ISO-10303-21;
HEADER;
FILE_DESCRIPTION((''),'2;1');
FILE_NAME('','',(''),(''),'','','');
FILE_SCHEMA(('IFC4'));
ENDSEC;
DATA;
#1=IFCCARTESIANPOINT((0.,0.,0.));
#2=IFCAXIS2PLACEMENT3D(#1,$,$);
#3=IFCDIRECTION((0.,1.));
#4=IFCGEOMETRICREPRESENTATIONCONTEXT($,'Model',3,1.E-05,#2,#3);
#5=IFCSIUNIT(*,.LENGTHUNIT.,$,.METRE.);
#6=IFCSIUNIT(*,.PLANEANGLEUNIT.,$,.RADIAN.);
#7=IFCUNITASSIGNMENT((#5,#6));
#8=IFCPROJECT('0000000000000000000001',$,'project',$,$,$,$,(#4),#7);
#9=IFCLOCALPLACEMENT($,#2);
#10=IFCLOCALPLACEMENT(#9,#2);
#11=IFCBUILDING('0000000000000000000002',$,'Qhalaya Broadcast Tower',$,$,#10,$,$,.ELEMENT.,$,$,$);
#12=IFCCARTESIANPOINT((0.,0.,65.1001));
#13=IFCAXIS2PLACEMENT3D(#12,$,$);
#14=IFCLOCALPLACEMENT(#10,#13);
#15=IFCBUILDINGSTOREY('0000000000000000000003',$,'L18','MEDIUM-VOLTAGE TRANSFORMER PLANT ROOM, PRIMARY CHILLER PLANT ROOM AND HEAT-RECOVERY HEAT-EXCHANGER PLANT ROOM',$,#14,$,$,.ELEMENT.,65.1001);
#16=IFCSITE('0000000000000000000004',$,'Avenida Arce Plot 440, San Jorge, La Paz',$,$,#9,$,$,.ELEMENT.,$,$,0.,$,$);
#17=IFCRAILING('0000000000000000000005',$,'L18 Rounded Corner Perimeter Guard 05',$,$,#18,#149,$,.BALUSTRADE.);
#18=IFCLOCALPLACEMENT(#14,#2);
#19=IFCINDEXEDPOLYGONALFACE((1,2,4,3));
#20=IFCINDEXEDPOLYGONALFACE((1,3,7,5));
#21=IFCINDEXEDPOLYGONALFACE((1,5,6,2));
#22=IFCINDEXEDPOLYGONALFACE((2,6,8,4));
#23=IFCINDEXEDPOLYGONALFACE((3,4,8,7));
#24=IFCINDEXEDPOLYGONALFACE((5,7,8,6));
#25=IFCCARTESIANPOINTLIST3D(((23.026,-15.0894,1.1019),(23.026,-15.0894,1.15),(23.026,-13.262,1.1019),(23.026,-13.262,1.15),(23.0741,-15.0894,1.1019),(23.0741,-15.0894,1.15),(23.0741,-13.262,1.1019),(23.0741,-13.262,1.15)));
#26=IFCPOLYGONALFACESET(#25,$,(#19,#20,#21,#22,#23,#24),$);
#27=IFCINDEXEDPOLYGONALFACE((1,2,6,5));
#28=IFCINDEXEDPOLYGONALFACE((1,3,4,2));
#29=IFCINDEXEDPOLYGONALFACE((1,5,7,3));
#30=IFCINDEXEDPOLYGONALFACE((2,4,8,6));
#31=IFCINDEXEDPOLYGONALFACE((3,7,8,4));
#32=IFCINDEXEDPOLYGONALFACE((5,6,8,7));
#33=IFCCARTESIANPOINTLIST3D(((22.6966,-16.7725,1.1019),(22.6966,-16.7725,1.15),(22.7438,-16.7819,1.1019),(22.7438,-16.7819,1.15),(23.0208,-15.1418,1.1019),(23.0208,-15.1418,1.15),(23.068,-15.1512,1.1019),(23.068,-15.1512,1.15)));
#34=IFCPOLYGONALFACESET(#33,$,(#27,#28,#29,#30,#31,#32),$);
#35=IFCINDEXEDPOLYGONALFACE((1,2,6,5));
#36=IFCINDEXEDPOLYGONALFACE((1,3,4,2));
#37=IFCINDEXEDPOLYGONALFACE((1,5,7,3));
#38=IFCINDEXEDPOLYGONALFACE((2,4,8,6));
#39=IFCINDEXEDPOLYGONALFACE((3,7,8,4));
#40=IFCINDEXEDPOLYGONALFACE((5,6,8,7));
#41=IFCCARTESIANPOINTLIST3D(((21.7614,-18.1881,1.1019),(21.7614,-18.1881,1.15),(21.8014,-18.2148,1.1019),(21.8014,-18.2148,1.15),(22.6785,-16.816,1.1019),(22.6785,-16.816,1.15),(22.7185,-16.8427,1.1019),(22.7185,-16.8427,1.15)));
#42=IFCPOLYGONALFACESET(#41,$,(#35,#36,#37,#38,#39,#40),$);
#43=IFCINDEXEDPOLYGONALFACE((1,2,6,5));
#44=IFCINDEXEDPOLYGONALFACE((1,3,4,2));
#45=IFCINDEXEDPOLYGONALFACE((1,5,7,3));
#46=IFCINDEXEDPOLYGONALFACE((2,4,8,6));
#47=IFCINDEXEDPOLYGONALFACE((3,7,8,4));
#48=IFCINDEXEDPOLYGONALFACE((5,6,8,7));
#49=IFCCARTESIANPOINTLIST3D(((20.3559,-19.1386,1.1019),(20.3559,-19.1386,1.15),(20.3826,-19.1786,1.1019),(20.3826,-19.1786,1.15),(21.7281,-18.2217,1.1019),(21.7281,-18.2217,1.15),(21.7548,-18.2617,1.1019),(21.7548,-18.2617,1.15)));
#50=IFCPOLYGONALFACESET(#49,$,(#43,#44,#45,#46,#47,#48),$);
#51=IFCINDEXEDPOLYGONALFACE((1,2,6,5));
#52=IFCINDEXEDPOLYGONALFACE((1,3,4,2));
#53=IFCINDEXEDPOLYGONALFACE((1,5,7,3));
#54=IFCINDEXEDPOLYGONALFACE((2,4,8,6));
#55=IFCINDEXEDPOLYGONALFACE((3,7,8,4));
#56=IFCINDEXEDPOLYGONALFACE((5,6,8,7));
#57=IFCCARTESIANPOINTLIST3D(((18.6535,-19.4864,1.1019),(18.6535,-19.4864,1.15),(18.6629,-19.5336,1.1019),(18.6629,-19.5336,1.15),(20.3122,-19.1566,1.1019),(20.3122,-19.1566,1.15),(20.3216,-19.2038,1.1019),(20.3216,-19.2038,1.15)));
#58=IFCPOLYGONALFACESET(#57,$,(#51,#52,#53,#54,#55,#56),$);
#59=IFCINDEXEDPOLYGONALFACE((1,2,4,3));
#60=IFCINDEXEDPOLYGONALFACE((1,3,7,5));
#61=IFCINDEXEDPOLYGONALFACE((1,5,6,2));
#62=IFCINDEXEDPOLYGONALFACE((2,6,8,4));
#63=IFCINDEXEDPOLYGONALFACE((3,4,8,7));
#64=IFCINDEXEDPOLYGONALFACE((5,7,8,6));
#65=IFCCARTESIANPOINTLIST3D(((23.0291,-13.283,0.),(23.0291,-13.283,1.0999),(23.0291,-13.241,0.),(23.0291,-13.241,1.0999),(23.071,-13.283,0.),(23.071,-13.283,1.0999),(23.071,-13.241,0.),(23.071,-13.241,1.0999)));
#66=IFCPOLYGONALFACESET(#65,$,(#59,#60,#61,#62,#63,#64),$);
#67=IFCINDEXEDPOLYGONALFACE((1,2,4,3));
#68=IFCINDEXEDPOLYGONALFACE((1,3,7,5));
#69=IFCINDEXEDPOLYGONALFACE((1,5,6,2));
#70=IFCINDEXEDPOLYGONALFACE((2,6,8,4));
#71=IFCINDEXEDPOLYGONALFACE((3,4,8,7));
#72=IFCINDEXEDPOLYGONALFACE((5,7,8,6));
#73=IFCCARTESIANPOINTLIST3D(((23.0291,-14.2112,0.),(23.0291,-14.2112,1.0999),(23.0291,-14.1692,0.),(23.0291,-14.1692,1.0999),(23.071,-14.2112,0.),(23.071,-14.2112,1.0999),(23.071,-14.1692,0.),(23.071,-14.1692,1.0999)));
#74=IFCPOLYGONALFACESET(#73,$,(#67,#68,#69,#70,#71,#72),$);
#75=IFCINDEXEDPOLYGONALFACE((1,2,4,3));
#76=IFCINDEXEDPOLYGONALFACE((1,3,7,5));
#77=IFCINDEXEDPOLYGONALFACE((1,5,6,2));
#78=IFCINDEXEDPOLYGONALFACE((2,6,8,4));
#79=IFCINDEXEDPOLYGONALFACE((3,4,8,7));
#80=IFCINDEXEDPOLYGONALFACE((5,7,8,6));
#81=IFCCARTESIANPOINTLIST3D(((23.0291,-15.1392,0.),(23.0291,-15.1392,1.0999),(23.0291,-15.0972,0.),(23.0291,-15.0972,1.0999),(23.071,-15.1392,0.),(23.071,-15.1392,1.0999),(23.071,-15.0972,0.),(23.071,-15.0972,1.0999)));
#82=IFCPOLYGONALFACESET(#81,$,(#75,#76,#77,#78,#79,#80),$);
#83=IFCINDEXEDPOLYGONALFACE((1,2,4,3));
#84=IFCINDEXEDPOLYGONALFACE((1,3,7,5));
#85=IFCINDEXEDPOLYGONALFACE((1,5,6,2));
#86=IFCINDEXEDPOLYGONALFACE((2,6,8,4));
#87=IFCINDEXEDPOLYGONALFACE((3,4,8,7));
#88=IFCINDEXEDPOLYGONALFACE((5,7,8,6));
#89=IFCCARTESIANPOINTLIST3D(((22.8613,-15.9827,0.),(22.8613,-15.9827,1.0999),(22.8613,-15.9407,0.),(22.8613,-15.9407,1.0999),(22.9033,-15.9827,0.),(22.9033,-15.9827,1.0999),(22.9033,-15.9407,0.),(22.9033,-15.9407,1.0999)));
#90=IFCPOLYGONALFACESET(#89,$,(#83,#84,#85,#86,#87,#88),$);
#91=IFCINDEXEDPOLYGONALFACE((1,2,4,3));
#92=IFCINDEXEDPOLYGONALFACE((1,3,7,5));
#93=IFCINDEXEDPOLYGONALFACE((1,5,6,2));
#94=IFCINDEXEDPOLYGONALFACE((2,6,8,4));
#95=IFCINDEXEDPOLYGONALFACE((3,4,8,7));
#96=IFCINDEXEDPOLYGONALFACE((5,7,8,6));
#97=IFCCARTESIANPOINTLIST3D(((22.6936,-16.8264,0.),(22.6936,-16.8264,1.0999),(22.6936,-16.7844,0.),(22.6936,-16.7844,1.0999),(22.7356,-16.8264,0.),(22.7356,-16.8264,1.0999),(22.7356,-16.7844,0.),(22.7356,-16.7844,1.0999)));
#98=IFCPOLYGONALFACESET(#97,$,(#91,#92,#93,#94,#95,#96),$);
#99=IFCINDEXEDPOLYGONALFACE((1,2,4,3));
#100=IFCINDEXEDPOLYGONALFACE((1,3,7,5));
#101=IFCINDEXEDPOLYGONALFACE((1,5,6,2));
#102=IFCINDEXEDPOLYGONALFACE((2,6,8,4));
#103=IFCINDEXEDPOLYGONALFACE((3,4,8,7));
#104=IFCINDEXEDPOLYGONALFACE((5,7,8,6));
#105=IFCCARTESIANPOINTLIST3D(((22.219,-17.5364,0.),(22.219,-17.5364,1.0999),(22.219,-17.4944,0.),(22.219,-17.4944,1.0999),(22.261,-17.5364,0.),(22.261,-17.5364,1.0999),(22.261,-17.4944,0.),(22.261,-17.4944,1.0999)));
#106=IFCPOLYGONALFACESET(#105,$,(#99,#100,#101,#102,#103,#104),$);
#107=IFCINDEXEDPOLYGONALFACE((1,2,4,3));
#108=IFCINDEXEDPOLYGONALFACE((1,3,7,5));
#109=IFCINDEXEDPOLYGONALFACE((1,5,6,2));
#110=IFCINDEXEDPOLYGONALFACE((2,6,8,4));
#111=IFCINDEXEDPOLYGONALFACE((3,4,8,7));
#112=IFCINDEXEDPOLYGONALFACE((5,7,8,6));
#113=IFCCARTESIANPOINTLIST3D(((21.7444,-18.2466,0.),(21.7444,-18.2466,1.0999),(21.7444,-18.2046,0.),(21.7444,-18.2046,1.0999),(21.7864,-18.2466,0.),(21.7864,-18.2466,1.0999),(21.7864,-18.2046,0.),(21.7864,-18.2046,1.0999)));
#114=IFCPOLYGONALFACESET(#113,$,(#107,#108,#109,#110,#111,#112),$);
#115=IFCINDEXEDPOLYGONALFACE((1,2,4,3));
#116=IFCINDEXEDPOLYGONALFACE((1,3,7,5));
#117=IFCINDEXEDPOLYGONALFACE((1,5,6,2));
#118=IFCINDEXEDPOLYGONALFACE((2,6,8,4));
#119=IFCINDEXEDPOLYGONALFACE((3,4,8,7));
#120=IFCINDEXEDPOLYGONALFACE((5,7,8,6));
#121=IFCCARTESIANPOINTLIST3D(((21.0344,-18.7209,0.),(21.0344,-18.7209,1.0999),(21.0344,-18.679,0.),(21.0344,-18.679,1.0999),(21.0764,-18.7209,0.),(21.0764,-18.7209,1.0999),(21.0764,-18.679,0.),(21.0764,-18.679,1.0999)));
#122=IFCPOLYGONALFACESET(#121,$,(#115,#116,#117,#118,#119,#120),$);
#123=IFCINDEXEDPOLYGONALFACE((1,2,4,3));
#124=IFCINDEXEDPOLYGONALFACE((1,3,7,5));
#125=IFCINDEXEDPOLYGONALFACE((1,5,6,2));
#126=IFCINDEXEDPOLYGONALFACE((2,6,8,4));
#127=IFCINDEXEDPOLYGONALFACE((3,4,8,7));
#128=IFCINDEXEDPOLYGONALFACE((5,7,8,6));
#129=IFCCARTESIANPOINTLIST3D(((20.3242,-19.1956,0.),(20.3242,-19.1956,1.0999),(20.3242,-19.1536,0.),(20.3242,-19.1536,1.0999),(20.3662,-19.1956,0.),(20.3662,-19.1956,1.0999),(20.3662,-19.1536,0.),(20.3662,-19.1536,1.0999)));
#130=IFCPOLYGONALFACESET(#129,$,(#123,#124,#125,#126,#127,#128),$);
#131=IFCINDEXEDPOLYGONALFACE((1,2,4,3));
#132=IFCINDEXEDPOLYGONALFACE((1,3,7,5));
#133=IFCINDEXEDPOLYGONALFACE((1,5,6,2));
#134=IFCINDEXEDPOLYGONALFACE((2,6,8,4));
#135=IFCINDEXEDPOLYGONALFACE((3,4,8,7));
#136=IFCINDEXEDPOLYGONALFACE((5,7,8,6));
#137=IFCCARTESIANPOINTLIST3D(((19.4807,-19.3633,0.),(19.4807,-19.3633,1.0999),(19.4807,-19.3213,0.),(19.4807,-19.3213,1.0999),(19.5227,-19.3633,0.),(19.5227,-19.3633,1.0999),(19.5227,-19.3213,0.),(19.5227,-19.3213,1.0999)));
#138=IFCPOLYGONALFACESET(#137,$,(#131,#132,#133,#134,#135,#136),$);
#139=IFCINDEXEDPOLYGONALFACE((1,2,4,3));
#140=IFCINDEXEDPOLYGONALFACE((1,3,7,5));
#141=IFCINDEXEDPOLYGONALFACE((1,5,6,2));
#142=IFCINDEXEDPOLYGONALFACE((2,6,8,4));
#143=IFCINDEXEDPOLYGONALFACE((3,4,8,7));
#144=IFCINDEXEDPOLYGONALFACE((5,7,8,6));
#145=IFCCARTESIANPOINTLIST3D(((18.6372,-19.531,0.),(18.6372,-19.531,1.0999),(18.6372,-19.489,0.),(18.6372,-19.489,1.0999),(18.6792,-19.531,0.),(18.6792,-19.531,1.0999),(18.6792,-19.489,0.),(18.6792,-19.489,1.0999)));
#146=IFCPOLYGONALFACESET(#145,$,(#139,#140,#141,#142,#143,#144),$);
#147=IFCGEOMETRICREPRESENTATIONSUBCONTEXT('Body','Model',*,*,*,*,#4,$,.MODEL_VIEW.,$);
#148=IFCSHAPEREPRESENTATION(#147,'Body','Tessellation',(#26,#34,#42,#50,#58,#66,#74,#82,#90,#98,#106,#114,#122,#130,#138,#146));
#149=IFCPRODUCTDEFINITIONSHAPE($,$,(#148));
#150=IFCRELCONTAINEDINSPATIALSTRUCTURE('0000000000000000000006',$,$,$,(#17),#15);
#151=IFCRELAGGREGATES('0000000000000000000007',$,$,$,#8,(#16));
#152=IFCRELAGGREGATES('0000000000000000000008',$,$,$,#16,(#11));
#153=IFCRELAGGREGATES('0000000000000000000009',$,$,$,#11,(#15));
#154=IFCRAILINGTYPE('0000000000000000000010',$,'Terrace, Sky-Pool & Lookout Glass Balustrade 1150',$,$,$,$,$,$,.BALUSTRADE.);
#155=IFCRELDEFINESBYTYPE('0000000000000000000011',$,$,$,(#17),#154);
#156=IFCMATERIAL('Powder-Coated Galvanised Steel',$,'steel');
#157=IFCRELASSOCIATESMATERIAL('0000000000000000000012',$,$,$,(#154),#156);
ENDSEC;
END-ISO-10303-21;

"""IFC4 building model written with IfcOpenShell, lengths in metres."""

from ifc_helpers import new_model, si_unit, direction, frame, origin, origin_2d, place, context, subcontext, project, spatial, rectangle, extrude, material, type_object, element, save


model = new_model("IFC4")

# Units and contexts
model_context = context("Model", 3, precision=1e-05, world=origin(), true_north=direction((0.0, 1.0)))
body_context = subcontext(model_context, "Body", "Model", "MODEL_VIEW")
ifc_project = project(units=[si_unit("LENGTHUNIT", "METRE"), si_unit("PLANEANGLEUNIT", "RADIAN")], contexts=[model_context])

# Site, building, storey
site_placement = place(None, origin())
site = spatial("IfcSite", under=ifc_project, at=site_placement, Name="Avenida Arce Plot 440, San Jorge, La Paz", CompositionType="ELEMENT", RefElevation=0.0)
building_placement = place(site_placement, origin())
building = spatial("IfcBuilding", under=site, at=building_placement, Name="Qhalaya Broadcast Tower", CompositionType="ELEMENT")
storey_placement = place(building_placement, frame((0.0, 0.0, 65.1001)))
storey = spatial("IfcBuildingStorey", under=building, at=storey_placement, Name="L18", Description="MEDIUM-VOLTAGE TRANSFORMER PLANT ROOM, PRIMARY CHILLER PLANT ROOM AND HEAT-RECOVERY HEAT-EXCHANGER PLANT ROOM", CompositionType="ELEMENT", Elevation=65.1001)

# Railing
ifc_material_1 = material(Name="Powder-Coated Galvanised Steel", Category="steel")
railing_type = type_object("IfcRailingType", Name="Terrace, Sky-Pool & Lookout Glass Balustrade 1150", PredefinedType="BALUSTRADE", material=ifc_material_1)
railing_1_placement = place(storey_placement, frame((23.05, -13.262, 0.0)))
element("IfcRailing", 1, at=railing_1_placement, inside=storey, type_object=railing_type, Name="L18 Rounded Corner Perimeter Guard 05", PredefinedType="BALUSTRADE", context=body_context, shape_type="SweptSolid", body=[
    extrude(rectangle(XDim=0.0481, YDim=0.0481, at=origin_2d()), frame((0.0, 0.0, 1.126), z_axis=(0.0, -1.0, 0.0), x_axis=(1.0, 0.0, 0.0)), (0.0, 0.0, 1.0), 1.8274),
    extrude(rectangle(XDim=0.0481, YDim=0.0481, at=origin_2d()), frame((-0.0056, -1.8845, 1.126), z_axis=(-0.194997, -0.980804, 0.0), x_axis=(0.980804, -0.194997, 0.0)), (0.0, 0.0, 1.0), 1.6626),
    extrude(rectangle(XDim=0.0481, YDim=0.0481, at=origin_2d()), frame((-0.3516, -3.5674, 1.126), z_axis=(-0.555689, -0.83139, 0.0), x_axis=(0.83139, -0.555689, 0.0)), (0.0, 0.0, 1.0), 1.6504),
    extrude(rectangle(XDim=0.0481, YDim=0.0481, at=origin_2d()), frame((-1.3086, -4.9797, 1.126), z_axis=(-0.831456, -0.55559, 0.0), x_axis=(0.55559, -0.831456, 0.0)), (0.0, 0.0, 1.0), 1.6504),
    extrude(rectangle(XDim=0.0481, YDim=0.0481, at=origin_2d()), frame((-2.7332, -5.9182, 1.126), z_axis=(-0.980798, -0.195024, 0.0), x_axis=(0.195024, -0.980798, 0.0)), (0.0, 0.0, 1.0), 1.6912),
    extrude(rectangle(XDim=0.042, YDim=0.042, at=origin_2d()), origin(), (0.0, 0.0, 1.0), 1.0999),
    extrude(rectangle(XDim=0.042, YDim=0.042, at=origin_2d()), frame((0.0, -0.9282, 0.0)), (0.0, 0.0, 1.0), 1.0999),
    extrude(rectangle(XDim=0.042, YDim=0.042, at=origin_2d()), frame((0.0, -1.8562, 0.0)), (0.0, 0.0, 1.0), 1.0999),
    extrude(rectangle(XDim=0.042, YDim=0.042, at=origin_2d()), frame((-0.1677, -2.6997, 0.0)), (0.0, 0.0, 1.0), 1.0999),
    extrude(rectangle(XDim=0.042, YDim=0.042, at=origin_2d()), frame((-0.3354, -3.5435, 0.0)), (0.0, 0.0, 1.0), 1.0999),
    extrude(rectangle(XDim=0.042, YDim=0.042, at=origin_2d()), frame((-0.8101, -4.2534, 0.0)), (0.0, 0.0, 1.0), 1.0999),
    extrude(rectangle(XDim=0.042, YDim=0.042, at=origin_2d()), frame((-1.2847, -4.9636, 0.0)), (0.0, 0.0, 1.0), 1.0999),
    extrude(rectangle(XDim=0.042, YDim=0.042, at=origin_2d()), frame((-1.9946, -5.438, 0.0)), (0.0, 0.0, 1.0), 1.0999),
    extrude(rectangle(XDim=0.042, YDim=0.042, at=origin_2d()), frame((-2.7048, -5.9126, 0.0)), (0.0, 0.0, 1.0), 1.0999),
    extrude(rectangle(XDim=0.042, YDim=0.042, at=origin_2d()), frame((-3.5483, -6.0803, 0.0)), (0.0, 0.0, 1.0), 1.0999),
    extrude(rectangle(XDim=0.042, YDim=0.042, at=origin_2d()), frame((-4.3918, -6.248, 0.0)), (0.0, 0.0, 1.0), 1.0999),
])

save(model, "model.ifc")
